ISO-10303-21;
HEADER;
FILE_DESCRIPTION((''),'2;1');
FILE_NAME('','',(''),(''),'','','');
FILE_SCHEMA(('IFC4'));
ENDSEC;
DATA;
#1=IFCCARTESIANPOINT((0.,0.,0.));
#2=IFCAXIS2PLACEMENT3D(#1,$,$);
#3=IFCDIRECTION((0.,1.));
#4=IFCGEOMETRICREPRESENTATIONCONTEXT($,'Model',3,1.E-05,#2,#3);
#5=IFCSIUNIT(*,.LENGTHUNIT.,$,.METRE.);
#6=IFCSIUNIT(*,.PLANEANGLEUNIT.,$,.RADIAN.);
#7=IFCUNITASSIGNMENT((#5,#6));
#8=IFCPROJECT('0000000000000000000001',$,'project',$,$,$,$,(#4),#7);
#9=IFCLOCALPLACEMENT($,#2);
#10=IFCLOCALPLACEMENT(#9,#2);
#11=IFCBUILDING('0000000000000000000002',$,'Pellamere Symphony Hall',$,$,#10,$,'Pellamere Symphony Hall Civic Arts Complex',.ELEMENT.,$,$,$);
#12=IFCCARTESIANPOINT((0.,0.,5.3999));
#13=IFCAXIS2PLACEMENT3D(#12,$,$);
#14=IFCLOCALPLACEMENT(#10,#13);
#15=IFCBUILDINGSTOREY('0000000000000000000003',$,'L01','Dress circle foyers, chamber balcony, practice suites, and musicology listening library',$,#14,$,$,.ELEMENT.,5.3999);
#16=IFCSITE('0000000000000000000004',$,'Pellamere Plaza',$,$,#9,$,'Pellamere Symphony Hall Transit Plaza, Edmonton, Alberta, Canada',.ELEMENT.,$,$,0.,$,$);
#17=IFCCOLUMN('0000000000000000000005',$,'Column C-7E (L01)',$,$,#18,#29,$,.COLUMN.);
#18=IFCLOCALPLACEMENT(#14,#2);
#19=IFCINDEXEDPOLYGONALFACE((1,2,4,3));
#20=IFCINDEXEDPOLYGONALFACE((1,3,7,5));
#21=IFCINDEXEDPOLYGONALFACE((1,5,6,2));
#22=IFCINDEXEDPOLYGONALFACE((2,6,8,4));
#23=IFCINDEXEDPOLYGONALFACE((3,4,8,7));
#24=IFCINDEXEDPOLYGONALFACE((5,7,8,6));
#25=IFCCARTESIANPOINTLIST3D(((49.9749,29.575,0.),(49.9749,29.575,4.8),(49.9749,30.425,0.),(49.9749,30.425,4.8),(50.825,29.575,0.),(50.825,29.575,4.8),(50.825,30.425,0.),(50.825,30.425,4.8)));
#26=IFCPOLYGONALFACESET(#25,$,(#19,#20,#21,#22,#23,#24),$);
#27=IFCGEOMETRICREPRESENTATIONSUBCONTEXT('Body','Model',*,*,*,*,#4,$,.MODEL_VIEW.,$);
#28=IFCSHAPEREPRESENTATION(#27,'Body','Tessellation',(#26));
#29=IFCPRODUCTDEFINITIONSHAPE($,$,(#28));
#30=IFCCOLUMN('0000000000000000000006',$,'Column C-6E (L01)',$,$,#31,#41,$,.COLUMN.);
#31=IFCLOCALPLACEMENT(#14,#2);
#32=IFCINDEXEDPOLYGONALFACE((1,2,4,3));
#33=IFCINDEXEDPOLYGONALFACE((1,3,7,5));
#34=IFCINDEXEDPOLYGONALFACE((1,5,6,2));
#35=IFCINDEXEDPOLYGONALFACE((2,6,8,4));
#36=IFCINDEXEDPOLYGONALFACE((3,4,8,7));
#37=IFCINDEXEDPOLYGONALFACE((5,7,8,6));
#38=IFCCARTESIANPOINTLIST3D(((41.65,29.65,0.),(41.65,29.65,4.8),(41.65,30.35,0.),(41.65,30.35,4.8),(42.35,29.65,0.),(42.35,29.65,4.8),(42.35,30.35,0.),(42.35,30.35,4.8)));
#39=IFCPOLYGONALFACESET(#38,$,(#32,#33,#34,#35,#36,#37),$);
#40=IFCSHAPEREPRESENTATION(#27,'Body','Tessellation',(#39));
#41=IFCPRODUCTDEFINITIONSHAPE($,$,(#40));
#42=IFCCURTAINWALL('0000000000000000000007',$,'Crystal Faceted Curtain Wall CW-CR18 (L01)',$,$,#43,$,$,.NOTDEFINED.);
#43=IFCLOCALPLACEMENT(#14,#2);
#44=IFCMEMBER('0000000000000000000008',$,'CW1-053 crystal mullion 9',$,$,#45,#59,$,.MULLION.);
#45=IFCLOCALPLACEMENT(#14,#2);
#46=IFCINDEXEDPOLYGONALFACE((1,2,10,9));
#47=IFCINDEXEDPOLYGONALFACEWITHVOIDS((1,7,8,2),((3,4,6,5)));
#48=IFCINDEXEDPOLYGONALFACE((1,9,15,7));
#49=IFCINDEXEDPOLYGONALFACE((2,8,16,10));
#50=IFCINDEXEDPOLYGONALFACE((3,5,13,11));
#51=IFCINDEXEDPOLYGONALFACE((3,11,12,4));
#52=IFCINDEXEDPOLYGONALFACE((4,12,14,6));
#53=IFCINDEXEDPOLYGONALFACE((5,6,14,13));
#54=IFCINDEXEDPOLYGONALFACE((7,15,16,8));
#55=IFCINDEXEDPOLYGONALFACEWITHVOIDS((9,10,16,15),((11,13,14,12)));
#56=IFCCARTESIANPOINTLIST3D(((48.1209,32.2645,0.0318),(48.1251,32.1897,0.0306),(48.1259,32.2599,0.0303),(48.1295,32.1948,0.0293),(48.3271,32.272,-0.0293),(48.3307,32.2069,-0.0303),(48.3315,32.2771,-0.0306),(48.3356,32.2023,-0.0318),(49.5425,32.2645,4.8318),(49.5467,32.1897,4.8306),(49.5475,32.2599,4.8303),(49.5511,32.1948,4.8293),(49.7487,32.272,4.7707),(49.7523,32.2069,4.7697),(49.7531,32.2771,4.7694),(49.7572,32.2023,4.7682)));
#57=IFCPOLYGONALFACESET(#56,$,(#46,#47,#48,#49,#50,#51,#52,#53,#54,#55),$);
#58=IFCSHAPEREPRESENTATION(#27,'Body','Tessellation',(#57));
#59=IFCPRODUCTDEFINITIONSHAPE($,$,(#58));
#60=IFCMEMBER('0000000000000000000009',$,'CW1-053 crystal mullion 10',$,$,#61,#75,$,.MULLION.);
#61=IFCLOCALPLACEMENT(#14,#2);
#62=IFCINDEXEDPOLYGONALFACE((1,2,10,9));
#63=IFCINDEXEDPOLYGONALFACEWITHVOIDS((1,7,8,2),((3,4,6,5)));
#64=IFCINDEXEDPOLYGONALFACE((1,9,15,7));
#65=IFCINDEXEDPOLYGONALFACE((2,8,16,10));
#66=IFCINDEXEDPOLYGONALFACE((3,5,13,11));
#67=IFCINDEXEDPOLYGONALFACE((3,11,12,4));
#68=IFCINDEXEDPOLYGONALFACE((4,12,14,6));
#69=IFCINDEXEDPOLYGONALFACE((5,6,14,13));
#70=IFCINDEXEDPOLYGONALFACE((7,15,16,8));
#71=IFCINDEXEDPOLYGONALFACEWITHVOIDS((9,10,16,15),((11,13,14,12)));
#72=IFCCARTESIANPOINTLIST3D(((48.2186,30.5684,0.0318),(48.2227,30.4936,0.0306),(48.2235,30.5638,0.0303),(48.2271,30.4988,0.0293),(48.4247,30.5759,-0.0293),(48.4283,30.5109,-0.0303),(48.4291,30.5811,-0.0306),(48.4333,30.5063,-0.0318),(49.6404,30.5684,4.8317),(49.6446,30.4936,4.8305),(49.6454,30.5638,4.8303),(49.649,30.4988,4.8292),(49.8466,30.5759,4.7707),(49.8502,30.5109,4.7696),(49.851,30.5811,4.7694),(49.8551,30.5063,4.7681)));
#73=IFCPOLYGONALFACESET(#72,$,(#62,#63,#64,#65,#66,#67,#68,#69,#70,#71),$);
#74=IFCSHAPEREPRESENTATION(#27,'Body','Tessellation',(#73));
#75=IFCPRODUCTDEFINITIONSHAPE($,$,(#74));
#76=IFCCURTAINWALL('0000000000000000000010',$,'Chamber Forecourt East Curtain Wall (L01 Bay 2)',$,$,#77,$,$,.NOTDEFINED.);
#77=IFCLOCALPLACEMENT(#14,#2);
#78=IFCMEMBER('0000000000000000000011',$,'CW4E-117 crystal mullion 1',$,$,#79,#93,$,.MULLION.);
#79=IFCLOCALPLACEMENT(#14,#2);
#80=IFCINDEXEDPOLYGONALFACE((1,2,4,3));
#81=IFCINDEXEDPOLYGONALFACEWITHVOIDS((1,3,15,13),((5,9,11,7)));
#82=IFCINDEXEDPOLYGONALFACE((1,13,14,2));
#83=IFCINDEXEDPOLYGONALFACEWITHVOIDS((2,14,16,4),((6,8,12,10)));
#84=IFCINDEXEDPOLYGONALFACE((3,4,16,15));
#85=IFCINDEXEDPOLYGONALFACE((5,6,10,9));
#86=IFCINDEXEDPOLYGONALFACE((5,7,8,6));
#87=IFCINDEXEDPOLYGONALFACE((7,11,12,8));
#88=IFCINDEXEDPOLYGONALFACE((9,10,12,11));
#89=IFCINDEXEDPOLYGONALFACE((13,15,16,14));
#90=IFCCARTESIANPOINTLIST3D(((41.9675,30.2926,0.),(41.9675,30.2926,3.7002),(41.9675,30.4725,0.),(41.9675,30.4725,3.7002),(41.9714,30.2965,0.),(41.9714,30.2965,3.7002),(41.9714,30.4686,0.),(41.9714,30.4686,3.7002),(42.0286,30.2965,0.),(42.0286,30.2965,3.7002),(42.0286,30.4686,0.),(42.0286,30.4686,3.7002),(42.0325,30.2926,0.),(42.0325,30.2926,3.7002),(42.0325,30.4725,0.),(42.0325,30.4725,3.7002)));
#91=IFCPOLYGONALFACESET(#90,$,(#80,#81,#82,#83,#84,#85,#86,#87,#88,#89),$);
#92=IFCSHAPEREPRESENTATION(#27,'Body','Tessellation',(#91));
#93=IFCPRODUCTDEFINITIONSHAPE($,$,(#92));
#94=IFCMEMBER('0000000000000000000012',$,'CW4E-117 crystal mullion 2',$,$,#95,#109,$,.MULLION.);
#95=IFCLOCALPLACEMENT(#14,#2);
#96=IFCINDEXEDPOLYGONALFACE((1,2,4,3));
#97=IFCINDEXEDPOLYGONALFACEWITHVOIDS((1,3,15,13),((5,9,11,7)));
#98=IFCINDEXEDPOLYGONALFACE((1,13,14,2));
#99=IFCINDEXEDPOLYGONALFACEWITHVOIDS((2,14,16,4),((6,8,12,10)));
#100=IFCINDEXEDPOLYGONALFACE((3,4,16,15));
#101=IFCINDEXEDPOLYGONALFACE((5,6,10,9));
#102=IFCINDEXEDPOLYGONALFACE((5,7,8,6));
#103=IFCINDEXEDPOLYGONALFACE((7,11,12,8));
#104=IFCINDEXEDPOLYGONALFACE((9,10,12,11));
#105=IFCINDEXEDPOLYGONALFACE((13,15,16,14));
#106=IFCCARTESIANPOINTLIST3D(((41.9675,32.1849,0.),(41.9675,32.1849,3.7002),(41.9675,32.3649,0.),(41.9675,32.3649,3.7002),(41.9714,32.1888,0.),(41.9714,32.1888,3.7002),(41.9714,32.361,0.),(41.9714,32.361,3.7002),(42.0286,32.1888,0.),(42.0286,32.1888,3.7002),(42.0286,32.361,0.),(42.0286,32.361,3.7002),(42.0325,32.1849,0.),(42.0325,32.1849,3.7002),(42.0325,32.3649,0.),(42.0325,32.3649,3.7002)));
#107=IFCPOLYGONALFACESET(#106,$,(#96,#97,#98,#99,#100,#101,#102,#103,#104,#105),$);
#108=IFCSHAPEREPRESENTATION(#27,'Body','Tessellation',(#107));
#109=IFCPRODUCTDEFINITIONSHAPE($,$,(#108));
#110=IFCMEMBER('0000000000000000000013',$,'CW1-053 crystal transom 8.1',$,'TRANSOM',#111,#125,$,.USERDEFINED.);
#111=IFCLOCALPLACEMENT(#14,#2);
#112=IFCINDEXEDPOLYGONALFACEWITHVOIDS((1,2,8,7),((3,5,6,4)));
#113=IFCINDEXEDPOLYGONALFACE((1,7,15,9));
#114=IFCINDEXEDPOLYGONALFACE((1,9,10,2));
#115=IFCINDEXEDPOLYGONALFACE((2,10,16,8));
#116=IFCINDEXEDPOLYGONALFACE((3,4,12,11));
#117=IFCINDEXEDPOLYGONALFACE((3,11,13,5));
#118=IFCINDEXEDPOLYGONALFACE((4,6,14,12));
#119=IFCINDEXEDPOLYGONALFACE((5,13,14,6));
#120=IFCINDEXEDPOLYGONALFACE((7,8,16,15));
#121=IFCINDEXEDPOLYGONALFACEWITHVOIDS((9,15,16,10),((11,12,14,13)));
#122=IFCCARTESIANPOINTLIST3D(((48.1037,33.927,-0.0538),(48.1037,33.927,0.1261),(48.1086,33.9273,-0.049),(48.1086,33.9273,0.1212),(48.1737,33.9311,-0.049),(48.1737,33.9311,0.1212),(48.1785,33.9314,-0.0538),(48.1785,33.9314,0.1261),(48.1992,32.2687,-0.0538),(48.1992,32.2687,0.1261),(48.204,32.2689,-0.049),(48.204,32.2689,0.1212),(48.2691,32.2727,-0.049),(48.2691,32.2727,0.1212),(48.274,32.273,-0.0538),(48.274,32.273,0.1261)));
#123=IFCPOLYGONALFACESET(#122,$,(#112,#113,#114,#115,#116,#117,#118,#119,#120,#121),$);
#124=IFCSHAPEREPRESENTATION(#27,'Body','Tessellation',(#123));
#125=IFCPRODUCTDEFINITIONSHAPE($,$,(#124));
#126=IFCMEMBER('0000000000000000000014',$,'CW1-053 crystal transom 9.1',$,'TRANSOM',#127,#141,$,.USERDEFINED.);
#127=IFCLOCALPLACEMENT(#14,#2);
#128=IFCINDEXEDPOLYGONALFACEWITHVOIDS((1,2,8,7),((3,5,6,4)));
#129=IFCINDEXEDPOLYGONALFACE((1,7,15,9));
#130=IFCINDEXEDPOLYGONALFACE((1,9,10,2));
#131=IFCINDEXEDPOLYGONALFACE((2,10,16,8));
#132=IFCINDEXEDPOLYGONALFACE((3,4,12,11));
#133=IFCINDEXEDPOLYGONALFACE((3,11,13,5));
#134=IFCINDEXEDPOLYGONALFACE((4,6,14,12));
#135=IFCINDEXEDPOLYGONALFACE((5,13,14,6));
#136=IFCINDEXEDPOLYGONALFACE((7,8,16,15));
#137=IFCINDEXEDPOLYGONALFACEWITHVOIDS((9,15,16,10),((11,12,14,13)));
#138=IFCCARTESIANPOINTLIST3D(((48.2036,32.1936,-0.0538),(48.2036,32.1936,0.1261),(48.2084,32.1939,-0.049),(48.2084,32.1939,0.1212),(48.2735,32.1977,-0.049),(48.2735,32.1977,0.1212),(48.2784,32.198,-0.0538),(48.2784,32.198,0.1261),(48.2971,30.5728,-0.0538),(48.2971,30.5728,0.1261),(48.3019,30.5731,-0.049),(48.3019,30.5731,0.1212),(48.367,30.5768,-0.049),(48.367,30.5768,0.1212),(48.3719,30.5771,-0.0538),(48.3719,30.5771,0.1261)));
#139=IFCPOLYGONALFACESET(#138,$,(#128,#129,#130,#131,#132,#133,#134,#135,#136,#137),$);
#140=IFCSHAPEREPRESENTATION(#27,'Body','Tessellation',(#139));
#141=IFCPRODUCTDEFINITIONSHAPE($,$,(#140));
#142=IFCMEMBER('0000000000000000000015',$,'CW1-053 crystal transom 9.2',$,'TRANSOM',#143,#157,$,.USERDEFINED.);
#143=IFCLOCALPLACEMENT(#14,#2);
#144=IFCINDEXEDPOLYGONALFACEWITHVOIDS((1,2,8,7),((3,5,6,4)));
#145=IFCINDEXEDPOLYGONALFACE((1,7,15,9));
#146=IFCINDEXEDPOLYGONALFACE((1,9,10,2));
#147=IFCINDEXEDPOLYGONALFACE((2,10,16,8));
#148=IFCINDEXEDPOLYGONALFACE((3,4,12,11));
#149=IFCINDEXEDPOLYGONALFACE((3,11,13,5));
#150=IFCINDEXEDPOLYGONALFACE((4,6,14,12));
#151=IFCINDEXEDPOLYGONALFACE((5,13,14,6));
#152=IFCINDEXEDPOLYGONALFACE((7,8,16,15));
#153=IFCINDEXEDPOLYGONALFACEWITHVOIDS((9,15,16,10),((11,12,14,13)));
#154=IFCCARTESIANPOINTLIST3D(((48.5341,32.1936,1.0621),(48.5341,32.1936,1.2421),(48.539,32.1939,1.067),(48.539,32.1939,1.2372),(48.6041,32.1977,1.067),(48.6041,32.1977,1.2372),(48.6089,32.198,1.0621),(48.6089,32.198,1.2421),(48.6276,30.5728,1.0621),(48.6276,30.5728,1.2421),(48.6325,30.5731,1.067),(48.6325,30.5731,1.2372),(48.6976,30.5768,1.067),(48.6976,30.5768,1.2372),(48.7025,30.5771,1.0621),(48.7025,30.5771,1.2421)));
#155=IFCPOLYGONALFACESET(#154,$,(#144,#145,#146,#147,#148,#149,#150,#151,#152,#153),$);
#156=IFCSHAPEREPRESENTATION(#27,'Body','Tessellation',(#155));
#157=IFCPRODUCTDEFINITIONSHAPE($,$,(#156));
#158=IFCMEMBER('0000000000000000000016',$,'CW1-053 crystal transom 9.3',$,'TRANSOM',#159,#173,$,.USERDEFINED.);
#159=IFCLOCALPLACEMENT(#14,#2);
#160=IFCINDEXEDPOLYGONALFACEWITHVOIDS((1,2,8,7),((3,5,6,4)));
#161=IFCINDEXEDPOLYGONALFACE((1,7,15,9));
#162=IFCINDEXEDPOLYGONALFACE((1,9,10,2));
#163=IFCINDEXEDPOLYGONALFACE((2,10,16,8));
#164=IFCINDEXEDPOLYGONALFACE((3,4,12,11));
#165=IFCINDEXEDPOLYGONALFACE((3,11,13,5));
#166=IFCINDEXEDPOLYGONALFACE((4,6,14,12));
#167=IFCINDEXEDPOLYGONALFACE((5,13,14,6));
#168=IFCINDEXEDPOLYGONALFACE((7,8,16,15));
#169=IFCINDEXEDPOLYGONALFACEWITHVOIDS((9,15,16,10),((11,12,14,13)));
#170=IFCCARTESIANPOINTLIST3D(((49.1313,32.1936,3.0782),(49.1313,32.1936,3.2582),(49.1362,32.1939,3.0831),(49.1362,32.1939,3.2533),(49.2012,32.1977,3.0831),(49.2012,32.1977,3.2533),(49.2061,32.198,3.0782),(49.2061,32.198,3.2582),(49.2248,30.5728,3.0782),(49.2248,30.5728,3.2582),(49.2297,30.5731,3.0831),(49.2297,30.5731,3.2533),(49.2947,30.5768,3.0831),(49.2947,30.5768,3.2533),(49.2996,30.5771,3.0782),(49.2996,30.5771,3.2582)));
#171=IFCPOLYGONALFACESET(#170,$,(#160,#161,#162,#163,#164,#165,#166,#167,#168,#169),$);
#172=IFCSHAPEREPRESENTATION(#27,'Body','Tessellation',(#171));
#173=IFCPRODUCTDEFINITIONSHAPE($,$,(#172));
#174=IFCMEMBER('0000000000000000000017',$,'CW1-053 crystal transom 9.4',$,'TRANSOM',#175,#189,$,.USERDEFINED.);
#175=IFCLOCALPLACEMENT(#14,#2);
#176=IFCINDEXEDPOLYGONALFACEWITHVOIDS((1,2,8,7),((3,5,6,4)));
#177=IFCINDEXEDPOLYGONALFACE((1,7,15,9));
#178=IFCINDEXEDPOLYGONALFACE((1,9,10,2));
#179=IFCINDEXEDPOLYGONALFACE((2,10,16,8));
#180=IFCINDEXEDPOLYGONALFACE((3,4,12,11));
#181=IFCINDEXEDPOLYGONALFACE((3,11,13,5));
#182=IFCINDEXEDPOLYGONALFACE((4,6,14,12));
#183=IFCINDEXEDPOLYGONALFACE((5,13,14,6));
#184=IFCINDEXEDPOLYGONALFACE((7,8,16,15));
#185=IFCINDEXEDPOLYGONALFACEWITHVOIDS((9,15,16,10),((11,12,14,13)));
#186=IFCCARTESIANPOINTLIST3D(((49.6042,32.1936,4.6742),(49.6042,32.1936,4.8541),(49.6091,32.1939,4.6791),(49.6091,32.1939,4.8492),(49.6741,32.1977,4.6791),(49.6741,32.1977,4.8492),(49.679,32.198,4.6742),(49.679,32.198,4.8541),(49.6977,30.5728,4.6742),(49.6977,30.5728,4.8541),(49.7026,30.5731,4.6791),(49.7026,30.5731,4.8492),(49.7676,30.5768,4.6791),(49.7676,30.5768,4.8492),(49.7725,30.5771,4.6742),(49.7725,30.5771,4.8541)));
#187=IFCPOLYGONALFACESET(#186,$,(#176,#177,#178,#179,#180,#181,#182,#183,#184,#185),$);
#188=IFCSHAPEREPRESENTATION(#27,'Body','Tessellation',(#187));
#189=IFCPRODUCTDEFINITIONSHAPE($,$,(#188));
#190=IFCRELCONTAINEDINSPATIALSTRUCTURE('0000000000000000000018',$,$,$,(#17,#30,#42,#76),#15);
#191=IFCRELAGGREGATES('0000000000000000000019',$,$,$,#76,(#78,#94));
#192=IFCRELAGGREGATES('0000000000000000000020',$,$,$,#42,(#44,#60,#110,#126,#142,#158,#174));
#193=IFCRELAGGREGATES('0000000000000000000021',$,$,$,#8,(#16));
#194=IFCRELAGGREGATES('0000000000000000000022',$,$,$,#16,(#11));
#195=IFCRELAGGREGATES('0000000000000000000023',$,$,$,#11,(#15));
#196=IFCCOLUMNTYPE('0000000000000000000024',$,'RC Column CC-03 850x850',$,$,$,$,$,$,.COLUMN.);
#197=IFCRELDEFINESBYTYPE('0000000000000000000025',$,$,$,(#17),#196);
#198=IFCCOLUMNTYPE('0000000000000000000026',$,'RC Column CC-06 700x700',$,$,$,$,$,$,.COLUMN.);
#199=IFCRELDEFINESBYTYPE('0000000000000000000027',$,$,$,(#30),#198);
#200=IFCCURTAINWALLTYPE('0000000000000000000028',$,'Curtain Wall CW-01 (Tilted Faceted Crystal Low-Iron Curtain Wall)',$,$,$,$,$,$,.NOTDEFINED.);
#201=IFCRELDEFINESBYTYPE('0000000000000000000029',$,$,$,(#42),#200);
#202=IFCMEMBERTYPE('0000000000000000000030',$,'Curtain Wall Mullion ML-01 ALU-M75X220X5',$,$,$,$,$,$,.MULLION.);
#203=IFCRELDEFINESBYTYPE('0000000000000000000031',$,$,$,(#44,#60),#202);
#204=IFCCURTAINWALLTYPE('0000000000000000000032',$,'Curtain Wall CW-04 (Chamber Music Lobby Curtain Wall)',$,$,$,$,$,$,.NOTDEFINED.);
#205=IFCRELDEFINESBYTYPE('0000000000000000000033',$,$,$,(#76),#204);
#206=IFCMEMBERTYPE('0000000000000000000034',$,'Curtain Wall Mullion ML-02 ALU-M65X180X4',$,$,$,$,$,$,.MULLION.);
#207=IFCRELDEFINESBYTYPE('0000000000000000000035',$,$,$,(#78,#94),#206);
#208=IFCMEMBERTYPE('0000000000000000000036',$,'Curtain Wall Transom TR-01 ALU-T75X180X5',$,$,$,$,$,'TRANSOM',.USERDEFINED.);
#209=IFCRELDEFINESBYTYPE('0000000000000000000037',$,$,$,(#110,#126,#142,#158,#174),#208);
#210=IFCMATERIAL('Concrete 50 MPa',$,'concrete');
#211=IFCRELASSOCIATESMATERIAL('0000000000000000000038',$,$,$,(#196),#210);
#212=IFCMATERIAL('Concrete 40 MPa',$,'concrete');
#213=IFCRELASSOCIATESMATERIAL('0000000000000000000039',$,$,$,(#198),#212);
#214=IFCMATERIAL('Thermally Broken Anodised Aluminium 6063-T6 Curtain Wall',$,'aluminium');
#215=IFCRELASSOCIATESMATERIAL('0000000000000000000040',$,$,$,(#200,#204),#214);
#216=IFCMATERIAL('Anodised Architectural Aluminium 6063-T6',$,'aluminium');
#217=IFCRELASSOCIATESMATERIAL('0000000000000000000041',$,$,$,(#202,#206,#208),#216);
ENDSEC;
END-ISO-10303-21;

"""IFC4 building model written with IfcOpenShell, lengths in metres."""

from ifc_helpers import new_model, si_unit, direction, frame, origin, origin_2d, place, context, subcontext, project, spatial, rectangle, hollow_rectangle, extrude, material, material_profile, profile_set, type_object, element, aggregate, save


model = new_model("IFC4")

# Units and contexts
model_context = context("Model", 3, precision=1e-05, world=origin(), true_north=direction((0.0, 1.0)))
body_context = subcontext(model_context, "Body", "Model", "MODEL_VIEW")
ifc_project = project(units=[si_unit("LENGTHUNIT", "METRE"), si_unit("PLANEANGLEUNIT", "RADIAN")], contexts=[model_context])

# Site, building, storey
site_placement = place(None, origin())
site = spatial("IfcSite", under=ifc_project, at=site_placement, Name="Pellamere Plaza", LongName="Pellamere Symphony Hall Transit Plaza, Edmonton, Alberta, Canada", CompositionType="ELEMENT", RefElevation=0.0)
building_placement = place(site_placement, origin())
building = spatial("IfcBuilding", under=site, at=building_placement, Name="Pellamere Symphony Hall", LongName="Pellamere Symphony Hall Civic Arts Complex", CompositionType="ELEMENT")
storey_placement = place(building_placement, frame((0.0, 0.0, 5.3999)))
storey = spatial("IfcBuildingStorey", under=building, at=storey_placement, Name="L01", Description="Dress circle foyers, chamber balcony, practice suites, and musicology listening library", CompositionType="ELEMENT", Elevation=5.3999)

# Columns
ifc_material_1 = material(Name="Concrete 50 MPa", Category="concrete")
ifc_material_profile_1 = material_profile(ifc_material_1, rectangle(XDim=0.8501, YDim=0.8501, at=origin_2d()), Name="RC 850x850")
ifc_profile_set_1 = profile_set([ifc_material_profile_1], Name="Concrete 50 MPa")
column_type_1 = type_object("IfcColumnType", Name="RC Column CC-03 850x850", PredefinedType="COLUMN", material=ifc_profile_set_1)
column_1_placement = place(storey_placement, frame((50.3999, 30.0, 0.0), z_axis=(0.0, 0.0, 1.0), x_axis=(1.0, 0.0, 0.0)))
element("IfcColumn", 1, at=column_1_placement, inside=storey, type_object=column_type_1, Name="Column C-7E (L01)", PredefinedType="COLUMN", context=body_context, shape_type="SweptSolid", body=[
    extrude(rectangle(XDim=0.8501, YDim=0.8501, at=origin_2d()), origin(), (0.0, 0.0, 1.0), 4.8),
])
ifc_material_2 = material(Name="Concrete 40 MPa", Category="concrete")
ifc_material_profile_2 = material_profile(ifc_material_2, rectangle(XDim=0.7, YDim=0.7, at=origin_2d()), Name="RC 700x700")
ifc_profile_set_2 = profile_set([ifc_material_profile_2], Name="Concrete 40 MPa")
column_type_2 = type_object("IfcColumnType", Name="RC Column CC-06 700x700", PredefinedType="COLUMN", material=ifc_profile_set_2)
column_2_placement = place(storey_placement, frame((42.0, 30.0, 0.0), z_axis=(0.0, 0.0, 1.0), x_axis=(1.0, 0.0, 0.0)))
element("IfcColumn", 2, at=column_2_placement, inside=storey, type_object=column_type_2, Name="Column C-6E (L01)", PredefinedType="COLUMN", context=body_context, shape_type="SweptSolid", body=[
    extrude(rectangle(XDim=0.7, YDim=0.7, at=origin_2d()), origin(), (0.0, 0.0, 1.0), 4.8),
])

# Curtain walls, members
ifc_material_3 = material(Name="Thermally Broken Anodised Aluminium 6063-T6 Curtain Wall", Category="aluminium")
curtain_wall_type_1 = type_object("IfcCurtainWallType", Name="Curtain Wall CW-01 (Tilted Faceted Crystal Low-Iron Curtain Wall)", PredefinedType="NOTDEFINED", material=ifc_material_3)
curtain_wall_1_placement = place(storey_placement, origin())
curtain_wall_1 = element("IfcCurtainWall", 3, at=curtain_wall_1_placement, inside=storey, type_object=curtain_wall_type_1, Name="Crystal Faceted Curtain Wall CW-CR18 (L01)", PredefinedType="NOTDEFINED")
ifc_material_4 = material(Name="Anodised Architectural Aluminium 6063-T6", Category="aluminium")
ifc_material_profile_3 = material_profile(ifc_material_4, hollow_rectangle(XDim=0.075, YDim=0.22, WallThickness=0.0049, at=origin_2d()), Name="ALU-M75X220X5")
ifc_profile_set_3 = profile_set([ifc_material_profile_3], Name="Anodised Architectural Aluminium 6063-T6")
member_type_1 = type_object("IfcMemberType", Name="Curtain Wall Mullion ML-01 ALU-M75X220X5", PredefinedType="MULLION", material=ifc_profile_set_3)
member_1_placement = place(storey_placement, frame((48.2283, 32.2334, 0.0), z_axis=(0.283977, 0.0, 0.958831), x_axis=(-0.055225, 0.99834, 0.016356)))
member_1 = element("IfcMember", 4, at=member_1_placement, type_object=member_type_1, Name="CW1-053 crystal mullion 9", PredefinedType="MULLION", context=body_context, shape_type="SweptSolid", body=[
    extrude(hollow_rectangle(XDim=0.075, YDim=0.22, WallThickness=0.0049, at=origin_2d()), origin(), (0.0, 0.0, 1.0), 5.0061),
])
member_2_placement = place(storey_placement, frame((48.3259, 30.5374, 0.0), z_axis=(0.284022, 0.0, 0.958818), x_axis=(-0.055225, 0.99834, 0.016359)))
member_2 = element("IfcMember", 5, at=member_2_placement, type_object=member_type_1, Name="CW1-053 crystal mullion 10", PredefinedType="MULLION", context=body_context, shape_type="SweptSolid", body=[
    extrude(hollow_rectangle(XDim=0.075, YDim=0.22, WallThickness=0.0049, at=origin_2d()), origin(), (0.0, 0.0, 1.0), 5.0061),
])
curtain_wall_type_2 = type_object("IfcCurtainWallType", Name="Curtain Wall CW-04 (Chamber Music Lobby Curtain Wall)", PredefinedType="NOTDEFINED", material=ifc_material_3)
curtain_wall_2_placement = place(storey_placement, origin())
curtain_wall_2 = element("IfcCurtainWall", 6, at=curtain_wall_2_placement, inside=storey, type_object=curtain_wall_type_2, Name="Chamber Forecourt East Curtain Wall (L01 Bay 2)", PredefinedType="NOTDEFINED")
ifc_material_profile_4 = material_profile(ifc_material_4, hollow_rectangle(XDim=0.0649, YDim=0.1799, WallThickness=0.0039, at=origin_2d()), Name="ALU-M65X180X4")
ifc_profile_set_4 = profile_set([ifc_material_profile_4], Name="Anodised Architectural Aluminium 6063-T6")
member_type_2 = type_object("IfcMemberType", Name="Curtain Wall Mullion ML-02 ALU-M65X180X4", PredefinedType="MULLION", material=ifc_profile_set_4)
member_3_placement = place(storey_placement, frame((42.0, 30.3826, 0.0), z_axis=(0.0, 0.0, 1.0), x_axis=(-1.0, 0.0, 0.0)))
member_3 = element("IfcMember", 7, at=member_3_placement, type_object=member_type_2, Name="CW4E-117 crystal mullion 1", PredefinedType="MULLION", context=body_context, shape_type="SweptSolid", body=[
    extrude(hollow_rectangle(XDim=0.0649, YDim=0.1799, WallThickness=0.0039, at=origin_2d()), origin(), (0.0, 0.0, 1.0), 3.7002),
])
member_4_placement = place(storey_placement, frame((42.0, 32.2749, 0.0), z_axis=(0.0, 0.0, 1.0), x_axis=(-1.0, 0.0, 0.0)))
member_4 = element("IfcMember", 8, at=member_4_placement, type_object=member_type_2, Name="CW4E-117 crystal mullion 2", PredefinedType="MULLION", context=body_context, shape_type="SweptSolid", body=[
    extrude(hollow_rectangle(XDim=0.0649, YDim=0.1799, WallThickness=0.0039, at=origin_2d()), origin(), (0.0, 0.0, 1.0), 3.7002),
])

# Members
ifc_material_profile_5 = material_profile(ifc_material_4, hollow_rectangle(XDim=0.075, YDim=0.1799, WallThickness=0.0049, at=origin_2d()), Name="ALU-T75X180X5")
ifc_profile_set_5 = profile_set([ifc_material_profile_5], Name="Anodised Architectural Aluminium 6063-T6")
member_type_3 = type_object("IfcMemberType", Name="Curtain Wall Transom TR-01 ALU-T75X180X5", ElementType="TRANSOM", PredefinedType="USERDEFINED", material=ifc_profile_set_5)
member_5_placement = place(storey_placement, frame((48.1411, 33.9292, 0.0361), z_axis=(0.057464, -0.998348, 0.0), x_axis=(0.998348, 0.057464, 0.0)))
member_5 = element("IfcMember", 9, at=member_5_placement, type_object=member_type_3, Name="CW1-053 crystal transom 8.1", ObjectType="TRANSOM", PredefinedType="USERDEFINED", context=body_context, shape_type="SweptSolid", body=[
    extrude(hollow_rectangle(XDim=0.075, YDim=0.1799, WallThickness=0.0049, at=origin_2d()), origin(), (0.0, 0.0, 1.0), 1.6611),
])
member_6_placement = place(storey_placement, frame((48.241, 32.1958, 0.0361), z_axis=(0.057594, -0.99834, 0.0), x_axis=(0.99834, 0.057594, 0.0)))
member_6 = element("IfcMember", 10, at=member_6_placement, type_object=member_type_3, Name="CW1-053 crystal transom 9.1", ObjectType="TRANSOM", PredefinedType="USERDEFINED", context=body_context, shape_type="SweptSolid", body=[
    extrude(hollow_rectangle(XDim=0.075, YDim=0.1799, WallThickness=0.0049, at=origin_2d()), origin(), (0.0, 0.0, 1.0), 1.6235),
])
member_7_placement = place(storey_placement, frame((48.5715, 32.1958, 1.1521), z_axis=(0.057594, -0.99834, 0.0), x_axis=(0.99834, 0.057594, 0.0)))
member_7 = element("IfcMember", 11, at=member_7_placement, type_object=member_type_3, Name="CW1-053 crystal transom 9.2", ObjectType="TRANSOM", PredefinedType="USERDEFINED", context=body_context, shape_type="SweptSolid", body=[
    extrude(hollow_rectangle(XDim=0.075, YDim=0.1799, WallThickness=0.0049, at=origin_2d()), origin(), (0.0, 0.0, 1.0), 1.6235),
])
member_8_placement = place(storey_placement, frame((49.1687, 32.1958, 3.1682), z_axis=(0.057594, -0.99834, 0.0), x_axis=(0.99834, 0.057594, 0.0)))
member_8 = element("IfcMember", 12, at=member_8_placement, type_object=member_type_3, Name="CW1-053 crystal transom 9.3", ObjectType="TRANSOM", PredefinedType="USERDEFINED", context=body_context, shape_type="SweptSolid", body=[
    extrude(hollow_rectangle(XDim=0.075, YDim=0.1799, WallThickness=0.0049, at=origin_2d()), origin(), (0.0, 0.0, 1.0), 1.6235),
])
member_9_placement = place(storey_placement, frame((49.6416, 32.1958, 4.7642), z_axis=(0.057594, -0.99834, 0.0), x_axis=(0.99834, 0.057594, 0.0)))
member_9 = element("IfcMember", 13, at=member_9_placement, type_object=member_type_3, Name="CW1-053 crystal transom 9.4", ObjectType="TRANSOM", PredefinedType="USERDEFINED", context=body_context, shape_type="SweptSolid", body=[
    extrude(hollow_rectangle(XDim=0.075, YDim=0.1799, WallThickness=0.0049, at=origin_2d()), origin(), (0.0, 0.0, 1.0), 1.6235),
])

aggregate(curtain_wall_2, [member_3, member_4])
aggregate(curtain_wall_1, [member_1, member_2, member_5, member_6, member_7, member_8, member_9])

save(model, "model.ifc")
